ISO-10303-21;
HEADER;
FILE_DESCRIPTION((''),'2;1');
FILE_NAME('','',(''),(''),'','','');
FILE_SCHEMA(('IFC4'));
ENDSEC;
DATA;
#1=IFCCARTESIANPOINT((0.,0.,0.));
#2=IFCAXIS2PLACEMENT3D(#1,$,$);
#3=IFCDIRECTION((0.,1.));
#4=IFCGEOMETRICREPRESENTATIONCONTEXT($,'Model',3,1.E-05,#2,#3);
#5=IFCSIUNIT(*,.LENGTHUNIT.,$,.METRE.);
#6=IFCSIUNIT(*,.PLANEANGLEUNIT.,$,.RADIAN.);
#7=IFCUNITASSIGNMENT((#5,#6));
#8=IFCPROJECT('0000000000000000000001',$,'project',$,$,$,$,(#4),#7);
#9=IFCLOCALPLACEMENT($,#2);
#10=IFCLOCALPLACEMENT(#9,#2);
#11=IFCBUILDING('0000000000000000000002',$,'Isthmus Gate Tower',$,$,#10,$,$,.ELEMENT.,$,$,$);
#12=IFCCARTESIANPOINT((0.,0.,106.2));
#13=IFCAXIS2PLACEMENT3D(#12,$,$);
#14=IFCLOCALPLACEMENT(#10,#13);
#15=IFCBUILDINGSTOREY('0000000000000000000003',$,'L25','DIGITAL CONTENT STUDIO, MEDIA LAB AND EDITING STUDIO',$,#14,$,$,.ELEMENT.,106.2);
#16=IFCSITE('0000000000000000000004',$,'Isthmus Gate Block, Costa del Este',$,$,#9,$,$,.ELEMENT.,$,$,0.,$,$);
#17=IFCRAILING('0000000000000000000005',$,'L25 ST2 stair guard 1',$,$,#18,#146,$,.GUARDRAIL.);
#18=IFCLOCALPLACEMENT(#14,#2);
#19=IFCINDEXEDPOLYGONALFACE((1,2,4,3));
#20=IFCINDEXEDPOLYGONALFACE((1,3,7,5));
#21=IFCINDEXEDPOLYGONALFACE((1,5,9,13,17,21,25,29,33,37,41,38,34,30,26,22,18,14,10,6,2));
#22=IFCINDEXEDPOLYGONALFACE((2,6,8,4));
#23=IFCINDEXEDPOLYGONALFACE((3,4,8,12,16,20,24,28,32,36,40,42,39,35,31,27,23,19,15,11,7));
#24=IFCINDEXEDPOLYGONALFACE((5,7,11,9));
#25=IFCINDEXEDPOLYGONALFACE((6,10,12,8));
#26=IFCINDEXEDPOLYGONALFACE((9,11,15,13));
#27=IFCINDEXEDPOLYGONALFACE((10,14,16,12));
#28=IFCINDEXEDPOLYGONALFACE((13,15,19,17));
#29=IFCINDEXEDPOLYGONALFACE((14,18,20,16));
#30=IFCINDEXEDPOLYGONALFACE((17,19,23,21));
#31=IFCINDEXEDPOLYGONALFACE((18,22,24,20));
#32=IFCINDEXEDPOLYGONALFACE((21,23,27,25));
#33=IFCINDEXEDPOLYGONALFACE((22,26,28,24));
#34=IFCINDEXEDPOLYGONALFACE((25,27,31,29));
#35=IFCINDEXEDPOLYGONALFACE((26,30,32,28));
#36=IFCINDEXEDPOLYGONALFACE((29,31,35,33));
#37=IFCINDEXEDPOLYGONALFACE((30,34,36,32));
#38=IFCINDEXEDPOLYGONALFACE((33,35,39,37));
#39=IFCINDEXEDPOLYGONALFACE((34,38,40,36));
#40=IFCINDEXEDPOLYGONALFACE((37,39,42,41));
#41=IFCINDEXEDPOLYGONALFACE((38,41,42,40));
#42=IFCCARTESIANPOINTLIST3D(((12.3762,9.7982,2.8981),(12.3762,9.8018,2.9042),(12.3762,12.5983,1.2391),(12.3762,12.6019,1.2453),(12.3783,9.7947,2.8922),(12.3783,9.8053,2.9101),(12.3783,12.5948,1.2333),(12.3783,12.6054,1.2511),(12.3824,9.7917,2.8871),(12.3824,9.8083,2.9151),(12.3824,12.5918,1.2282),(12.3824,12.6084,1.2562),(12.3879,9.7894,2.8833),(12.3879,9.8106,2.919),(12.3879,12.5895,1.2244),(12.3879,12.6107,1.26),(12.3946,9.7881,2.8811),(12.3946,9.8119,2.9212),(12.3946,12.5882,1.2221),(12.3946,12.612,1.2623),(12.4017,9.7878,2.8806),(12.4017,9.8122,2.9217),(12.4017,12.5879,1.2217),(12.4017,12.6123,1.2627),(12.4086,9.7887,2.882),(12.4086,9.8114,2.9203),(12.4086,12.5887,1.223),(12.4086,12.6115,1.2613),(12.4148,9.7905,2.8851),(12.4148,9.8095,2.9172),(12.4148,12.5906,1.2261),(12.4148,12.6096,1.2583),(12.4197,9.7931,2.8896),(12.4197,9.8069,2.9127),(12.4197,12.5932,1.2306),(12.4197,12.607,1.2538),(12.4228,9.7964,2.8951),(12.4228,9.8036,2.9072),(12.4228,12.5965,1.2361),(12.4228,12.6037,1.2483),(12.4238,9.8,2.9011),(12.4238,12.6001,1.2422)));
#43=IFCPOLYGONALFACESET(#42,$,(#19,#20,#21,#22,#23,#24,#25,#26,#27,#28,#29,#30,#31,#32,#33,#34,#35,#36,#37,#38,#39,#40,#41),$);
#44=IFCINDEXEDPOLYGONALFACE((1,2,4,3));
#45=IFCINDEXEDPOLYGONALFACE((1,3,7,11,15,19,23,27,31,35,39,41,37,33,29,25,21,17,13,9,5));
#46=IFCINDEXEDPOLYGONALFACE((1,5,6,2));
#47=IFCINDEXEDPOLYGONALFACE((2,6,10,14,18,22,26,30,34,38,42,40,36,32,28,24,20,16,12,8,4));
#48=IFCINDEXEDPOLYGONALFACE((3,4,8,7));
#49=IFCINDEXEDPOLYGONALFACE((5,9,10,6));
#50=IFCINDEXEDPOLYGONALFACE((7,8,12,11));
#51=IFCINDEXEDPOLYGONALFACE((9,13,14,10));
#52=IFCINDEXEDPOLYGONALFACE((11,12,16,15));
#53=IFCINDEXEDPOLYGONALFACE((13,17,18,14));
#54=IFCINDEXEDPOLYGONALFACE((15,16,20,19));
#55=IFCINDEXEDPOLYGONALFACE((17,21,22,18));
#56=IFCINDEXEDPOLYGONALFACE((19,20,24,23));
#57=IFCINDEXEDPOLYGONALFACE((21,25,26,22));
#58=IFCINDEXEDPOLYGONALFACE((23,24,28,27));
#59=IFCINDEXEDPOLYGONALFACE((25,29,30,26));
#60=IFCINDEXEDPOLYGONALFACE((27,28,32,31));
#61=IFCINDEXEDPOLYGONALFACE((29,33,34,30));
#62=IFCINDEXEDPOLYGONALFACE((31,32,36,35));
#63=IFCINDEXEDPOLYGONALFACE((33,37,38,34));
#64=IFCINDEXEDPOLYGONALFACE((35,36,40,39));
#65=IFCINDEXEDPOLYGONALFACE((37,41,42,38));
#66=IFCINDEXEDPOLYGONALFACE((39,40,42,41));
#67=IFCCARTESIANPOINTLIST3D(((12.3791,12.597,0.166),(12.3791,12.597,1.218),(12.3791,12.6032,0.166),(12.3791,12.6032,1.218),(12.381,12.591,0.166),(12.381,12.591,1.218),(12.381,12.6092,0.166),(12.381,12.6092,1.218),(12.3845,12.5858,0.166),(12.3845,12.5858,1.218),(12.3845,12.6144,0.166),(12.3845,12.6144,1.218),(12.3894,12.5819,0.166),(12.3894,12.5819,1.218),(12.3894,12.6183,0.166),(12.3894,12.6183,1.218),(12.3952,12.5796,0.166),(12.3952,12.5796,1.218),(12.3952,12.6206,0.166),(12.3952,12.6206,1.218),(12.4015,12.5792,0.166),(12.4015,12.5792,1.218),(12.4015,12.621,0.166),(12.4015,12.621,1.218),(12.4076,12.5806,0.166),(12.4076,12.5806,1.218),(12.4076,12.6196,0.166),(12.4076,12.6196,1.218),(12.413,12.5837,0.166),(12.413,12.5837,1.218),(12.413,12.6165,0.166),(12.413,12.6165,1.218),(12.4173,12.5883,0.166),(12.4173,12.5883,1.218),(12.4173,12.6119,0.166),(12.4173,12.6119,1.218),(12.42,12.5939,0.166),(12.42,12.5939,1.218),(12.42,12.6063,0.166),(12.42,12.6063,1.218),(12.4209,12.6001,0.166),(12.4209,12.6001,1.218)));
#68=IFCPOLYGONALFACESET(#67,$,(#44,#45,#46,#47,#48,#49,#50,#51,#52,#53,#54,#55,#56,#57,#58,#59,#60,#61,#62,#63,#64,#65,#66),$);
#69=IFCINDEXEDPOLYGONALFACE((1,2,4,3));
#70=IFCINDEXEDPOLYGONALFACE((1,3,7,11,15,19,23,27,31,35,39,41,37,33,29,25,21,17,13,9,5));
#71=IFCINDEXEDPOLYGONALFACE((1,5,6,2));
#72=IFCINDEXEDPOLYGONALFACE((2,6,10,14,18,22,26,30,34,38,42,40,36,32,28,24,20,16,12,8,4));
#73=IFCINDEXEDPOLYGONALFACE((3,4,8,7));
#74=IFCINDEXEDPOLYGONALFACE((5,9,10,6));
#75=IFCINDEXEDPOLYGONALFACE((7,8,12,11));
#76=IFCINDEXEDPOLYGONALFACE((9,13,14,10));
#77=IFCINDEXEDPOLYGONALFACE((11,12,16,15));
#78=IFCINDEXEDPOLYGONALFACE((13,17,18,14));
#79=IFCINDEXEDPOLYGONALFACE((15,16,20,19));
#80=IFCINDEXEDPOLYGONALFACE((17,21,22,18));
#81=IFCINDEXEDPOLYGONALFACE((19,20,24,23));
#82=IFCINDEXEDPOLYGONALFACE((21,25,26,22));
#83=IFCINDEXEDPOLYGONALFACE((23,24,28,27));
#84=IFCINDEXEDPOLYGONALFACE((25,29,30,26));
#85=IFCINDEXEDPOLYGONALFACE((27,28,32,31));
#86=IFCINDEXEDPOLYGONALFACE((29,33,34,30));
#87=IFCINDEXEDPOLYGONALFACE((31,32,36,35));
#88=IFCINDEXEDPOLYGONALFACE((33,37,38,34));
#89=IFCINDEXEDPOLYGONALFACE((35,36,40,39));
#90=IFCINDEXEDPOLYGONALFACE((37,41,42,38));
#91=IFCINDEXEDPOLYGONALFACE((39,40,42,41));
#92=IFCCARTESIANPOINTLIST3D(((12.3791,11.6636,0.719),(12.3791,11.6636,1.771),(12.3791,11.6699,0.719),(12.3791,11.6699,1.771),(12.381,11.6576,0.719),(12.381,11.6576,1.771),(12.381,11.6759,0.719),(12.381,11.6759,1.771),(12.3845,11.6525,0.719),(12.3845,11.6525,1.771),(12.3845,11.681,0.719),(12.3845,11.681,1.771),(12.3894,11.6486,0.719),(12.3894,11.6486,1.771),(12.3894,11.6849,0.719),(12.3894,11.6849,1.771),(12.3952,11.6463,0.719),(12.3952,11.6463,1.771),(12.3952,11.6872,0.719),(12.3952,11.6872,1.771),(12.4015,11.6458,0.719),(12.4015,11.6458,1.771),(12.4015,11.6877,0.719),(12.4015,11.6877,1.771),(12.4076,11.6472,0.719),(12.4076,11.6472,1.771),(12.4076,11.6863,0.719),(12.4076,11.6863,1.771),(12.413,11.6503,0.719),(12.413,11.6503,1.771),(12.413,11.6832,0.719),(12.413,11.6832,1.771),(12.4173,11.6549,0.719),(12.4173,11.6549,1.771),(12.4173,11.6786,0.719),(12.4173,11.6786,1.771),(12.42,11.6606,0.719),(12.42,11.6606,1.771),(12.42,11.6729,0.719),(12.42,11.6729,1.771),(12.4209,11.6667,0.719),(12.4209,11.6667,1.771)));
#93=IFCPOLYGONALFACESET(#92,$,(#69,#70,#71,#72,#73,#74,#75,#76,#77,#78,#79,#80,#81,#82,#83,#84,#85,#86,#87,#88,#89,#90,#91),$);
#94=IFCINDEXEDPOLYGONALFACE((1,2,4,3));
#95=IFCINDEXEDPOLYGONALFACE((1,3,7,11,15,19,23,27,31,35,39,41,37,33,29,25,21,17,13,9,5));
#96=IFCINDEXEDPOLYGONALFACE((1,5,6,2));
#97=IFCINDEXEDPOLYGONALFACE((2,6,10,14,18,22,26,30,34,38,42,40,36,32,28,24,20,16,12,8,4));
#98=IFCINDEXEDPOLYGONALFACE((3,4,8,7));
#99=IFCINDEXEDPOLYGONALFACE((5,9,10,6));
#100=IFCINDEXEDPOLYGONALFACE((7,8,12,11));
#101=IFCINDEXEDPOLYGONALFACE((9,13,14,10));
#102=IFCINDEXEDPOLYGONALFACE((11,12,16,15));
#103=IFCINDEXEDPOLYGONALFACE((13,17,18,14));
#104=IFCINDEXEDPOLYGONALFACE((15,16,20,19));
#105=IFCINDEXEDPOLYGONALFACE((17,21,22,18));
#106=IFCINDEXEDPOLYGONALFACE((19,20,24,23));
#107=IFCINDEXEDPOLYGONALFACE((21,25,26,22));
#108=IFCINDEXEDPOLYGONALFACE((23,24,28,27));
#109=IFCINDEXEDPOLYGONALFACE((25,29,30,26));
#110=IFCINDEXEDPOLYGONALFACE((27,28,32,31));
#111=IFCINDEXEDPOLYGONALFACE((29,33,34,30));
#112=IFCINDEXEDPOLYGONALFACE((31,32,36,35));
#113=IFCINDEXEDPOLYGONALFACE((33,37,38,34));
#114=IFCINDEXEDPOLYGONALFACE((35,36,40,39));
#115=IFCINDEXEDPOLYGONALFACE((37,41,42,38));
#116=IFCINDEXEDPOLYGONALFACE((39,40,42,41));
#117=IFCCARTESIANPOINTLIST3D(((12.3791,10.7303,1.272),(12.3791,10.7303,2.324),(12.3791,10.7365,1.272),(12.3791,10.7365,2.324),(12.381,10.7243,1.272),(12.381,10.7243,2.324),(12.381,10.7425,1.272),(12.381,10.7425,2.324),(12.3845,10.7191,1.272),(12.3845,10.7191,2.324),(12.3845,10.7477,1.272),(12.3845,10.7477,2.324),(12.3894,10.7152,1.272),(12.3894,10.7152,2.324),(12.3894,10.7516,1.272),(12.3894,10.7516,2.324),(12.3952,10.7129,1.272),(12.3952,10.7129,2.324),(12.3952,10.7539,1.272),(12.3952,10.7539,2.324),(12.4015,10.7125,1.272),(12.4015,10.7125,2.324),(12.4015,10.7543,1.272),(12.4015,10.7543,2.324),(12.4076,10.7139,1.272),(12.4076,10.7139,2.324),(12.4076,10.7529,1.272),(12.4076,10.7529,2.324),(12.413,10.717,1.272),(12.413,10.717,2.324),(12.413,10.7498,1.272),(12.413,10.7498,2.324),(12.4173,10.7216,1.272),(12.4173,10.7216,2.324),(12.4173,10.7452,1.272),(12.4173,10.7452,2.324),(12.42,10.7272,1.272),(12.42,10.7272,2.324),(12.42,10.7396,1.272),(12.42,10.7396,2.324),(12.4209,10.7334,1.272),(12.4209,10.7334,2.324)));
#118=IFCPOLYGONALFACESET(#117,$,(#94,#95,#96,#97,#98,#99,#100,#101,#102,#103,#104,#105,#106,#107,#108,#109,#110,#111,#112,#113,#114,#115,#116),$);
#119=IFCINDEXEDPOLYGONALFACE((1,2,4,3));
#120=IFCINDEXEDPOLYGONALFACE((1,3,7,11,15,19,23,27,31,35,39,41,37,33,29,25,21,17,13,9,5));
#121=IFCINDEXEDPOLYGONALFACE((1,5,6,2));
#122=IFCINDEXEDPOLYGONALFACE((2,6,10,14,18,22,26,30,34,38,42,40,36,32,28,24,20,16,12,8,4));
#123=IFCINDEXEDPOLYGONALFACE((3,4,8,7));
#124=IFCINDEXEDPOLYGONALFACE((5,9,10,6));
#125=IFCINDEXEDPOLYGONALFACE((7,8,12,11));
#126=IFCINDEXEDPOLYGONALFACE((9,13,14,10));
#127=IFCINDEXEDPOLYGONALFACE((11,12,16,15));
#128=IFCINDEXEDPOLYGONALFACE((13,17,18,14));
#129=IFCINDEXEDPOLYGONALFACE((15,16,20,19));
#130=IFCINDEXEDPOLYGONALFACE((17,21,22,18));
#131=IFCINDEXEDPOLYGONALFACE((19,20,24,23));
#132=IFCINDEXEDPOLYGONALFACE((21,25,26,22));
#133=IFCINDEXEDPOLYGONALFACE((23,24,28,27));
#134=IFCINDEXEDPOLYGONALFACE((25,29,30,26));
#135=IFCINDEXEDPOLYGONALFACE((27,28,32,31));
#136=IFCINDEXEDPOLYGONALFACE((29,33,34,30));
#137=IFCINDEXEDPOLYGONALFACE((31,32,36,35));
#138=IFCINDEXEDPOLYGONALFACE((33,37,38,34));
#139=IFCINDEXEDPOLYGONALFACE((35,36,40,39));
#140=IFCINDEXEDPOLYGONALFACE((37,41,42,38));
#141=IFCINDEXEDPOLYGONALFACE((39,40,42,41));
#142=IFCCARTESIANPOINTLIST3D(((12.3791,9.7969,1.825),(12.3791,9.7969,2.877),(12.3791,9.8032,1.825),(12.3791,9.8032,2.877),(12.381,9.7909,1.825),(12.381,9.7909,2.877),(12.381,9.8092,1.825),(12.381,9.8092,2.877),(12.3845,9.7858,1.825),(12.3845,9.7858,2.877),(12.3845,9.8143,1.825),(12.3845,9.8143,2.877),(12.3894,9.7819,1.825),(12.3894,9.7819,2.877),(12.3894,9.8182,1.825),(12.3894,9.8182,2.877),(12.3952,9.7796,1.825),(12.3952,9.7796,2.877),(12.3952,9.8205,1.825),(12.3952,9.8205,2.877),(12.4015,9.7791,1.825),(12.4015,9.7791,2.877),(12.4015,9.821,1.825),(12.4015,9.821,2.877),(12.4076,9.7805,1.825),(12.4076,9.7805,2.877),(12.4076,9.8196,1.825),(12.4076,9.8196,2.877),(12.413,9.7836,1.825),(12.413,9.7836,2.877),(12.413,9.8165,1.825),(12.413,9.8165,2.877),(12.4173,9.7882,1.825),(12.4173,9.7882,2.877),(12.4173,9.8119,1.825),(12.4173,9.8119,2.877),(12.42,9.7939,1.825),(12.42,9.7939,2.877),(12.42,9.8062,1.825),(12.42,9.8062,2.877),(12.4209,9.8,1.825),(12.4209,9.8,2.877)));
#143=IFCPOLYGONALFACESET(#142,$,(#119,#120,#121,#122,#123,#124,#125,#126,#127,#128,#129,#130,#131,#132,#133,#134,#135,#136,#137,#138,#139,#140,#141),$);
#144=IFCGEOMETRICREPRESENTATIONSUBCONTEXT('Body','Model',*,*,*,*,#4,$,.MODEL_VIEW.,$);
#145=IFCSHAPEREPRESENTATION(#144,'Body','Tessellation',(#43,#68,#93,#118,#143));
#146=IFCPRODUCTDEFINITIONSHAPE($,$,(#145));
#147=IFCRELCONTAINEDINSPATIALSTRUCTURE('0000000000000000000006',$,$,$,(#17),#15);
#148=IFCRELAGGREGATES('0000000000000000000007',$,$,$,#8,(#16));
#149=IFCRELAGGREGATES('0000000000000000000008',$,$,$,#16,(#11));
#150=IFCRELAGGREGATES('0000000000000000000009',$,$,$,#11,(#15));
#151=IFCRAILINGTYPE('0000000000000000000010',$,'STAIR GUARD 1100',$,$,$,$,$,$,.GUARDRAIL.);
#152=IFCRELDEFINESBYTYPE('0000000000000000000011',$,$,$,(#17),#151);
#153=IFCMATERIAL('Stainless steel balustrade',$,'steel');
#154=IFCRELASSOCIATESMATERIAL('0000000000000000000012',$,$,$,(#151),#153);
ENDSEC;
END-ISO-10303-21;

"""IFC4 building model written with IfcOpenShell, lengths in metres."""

from ifc_helpers import new_model, si_unit, direction, frame, origin, origin_2d, place, context, subcontext, project, spatial, circle, extrude, material, type_object, element, save


model = new_model("IFC4")

# Units and contexts
model_context = context("Model", 3, precision=1e-05, world=origin(), true_north=direction((0.0, 1.0)))
body_context = subcontext(model_context, "Body", "Model", "MODEL_VIEW")
ifc_project = project(units=[si_unit("LENGTHUNIT", "METRE"), si_unit("PLANEANGLEUNIT", "RADIAN")], contexts=[model_context])

# Site, building, storey
site_placement = place(None, origin())
site = spatial("IfcSite", under=ifc_project, at=site_placement, Name="Isthmus Gate Block, Costa del Este", CompositionType="ELEMENT", RefElevation=0.0)
building_placement = place(site_placement, origin())
building = spatial("IfcBuilding", under=site, at=building_placement, Name="Isthmus Gate Tower", CompositionType="ELEMENT")
storey_placement = place(building_placement, frame((0.0, 0.0, 106.2)))
storey = spatial("IfcBuildingStorey", under=building, at=storey_placement, Name="L25", Description="DIGITAL CONTENT STUDIO, MEDIA LAB AND EDITING STUDIO", CompositionType="ELEMENT", Elevation=106.2)

# Railing
ifc_material_1 = material(Name="Stainless steel balustrade", Category="steel")
railing_type_1 = type_object("IfcRailingType", Name="STAIR GUARD 1100", PredefinedType="GUARDRAIL", material=ifc_material_1)
railing_1_placement = place(storey_placement, frame((12.3999, 12.6001, 0.166)))
element("IfcRailing", 1, at=railing_1_placement, inside=storey, type_object=railing_type_1, Name="L25 ST2 stair guard 1", PredefinedType="GUARDRAIL", context=body_context, shape_type="SweptSolid", body=[
    extrude(circle(Radius=0.0239, at=origin_2d()), frame((0.0, 0.0, 1.0762), z_axis=(0.0, -0.860339, 0.509722), x_axis=(1.0, 0.0, 0.0)), (0.0, 0.0, 1.0), 3.2546),
    extrude(circle(Radius=0.021, at=origin_2d()), origin(), (0.0, 0.0, 1.0), 1.052),
    extrude(circle(Radius=0.021, at=origin_2d()), frame((0.0, -0.9333, 0.553)), (0.0, 0.0, 1.0), 1.052),
    extrude(circle(Radius=0.021, at=origin_2d()), frame((0.0, -1.8667, 1.106)), (0.0, 0.0, 1.0), 1.052),
    extrude(circle(Radius=0.021, at=origin_2d()), frame((0.0, -2.8, 1.6589)), (0.0, 0.0, 1.0), 1.052),
])

save(model, "model.ifc")
